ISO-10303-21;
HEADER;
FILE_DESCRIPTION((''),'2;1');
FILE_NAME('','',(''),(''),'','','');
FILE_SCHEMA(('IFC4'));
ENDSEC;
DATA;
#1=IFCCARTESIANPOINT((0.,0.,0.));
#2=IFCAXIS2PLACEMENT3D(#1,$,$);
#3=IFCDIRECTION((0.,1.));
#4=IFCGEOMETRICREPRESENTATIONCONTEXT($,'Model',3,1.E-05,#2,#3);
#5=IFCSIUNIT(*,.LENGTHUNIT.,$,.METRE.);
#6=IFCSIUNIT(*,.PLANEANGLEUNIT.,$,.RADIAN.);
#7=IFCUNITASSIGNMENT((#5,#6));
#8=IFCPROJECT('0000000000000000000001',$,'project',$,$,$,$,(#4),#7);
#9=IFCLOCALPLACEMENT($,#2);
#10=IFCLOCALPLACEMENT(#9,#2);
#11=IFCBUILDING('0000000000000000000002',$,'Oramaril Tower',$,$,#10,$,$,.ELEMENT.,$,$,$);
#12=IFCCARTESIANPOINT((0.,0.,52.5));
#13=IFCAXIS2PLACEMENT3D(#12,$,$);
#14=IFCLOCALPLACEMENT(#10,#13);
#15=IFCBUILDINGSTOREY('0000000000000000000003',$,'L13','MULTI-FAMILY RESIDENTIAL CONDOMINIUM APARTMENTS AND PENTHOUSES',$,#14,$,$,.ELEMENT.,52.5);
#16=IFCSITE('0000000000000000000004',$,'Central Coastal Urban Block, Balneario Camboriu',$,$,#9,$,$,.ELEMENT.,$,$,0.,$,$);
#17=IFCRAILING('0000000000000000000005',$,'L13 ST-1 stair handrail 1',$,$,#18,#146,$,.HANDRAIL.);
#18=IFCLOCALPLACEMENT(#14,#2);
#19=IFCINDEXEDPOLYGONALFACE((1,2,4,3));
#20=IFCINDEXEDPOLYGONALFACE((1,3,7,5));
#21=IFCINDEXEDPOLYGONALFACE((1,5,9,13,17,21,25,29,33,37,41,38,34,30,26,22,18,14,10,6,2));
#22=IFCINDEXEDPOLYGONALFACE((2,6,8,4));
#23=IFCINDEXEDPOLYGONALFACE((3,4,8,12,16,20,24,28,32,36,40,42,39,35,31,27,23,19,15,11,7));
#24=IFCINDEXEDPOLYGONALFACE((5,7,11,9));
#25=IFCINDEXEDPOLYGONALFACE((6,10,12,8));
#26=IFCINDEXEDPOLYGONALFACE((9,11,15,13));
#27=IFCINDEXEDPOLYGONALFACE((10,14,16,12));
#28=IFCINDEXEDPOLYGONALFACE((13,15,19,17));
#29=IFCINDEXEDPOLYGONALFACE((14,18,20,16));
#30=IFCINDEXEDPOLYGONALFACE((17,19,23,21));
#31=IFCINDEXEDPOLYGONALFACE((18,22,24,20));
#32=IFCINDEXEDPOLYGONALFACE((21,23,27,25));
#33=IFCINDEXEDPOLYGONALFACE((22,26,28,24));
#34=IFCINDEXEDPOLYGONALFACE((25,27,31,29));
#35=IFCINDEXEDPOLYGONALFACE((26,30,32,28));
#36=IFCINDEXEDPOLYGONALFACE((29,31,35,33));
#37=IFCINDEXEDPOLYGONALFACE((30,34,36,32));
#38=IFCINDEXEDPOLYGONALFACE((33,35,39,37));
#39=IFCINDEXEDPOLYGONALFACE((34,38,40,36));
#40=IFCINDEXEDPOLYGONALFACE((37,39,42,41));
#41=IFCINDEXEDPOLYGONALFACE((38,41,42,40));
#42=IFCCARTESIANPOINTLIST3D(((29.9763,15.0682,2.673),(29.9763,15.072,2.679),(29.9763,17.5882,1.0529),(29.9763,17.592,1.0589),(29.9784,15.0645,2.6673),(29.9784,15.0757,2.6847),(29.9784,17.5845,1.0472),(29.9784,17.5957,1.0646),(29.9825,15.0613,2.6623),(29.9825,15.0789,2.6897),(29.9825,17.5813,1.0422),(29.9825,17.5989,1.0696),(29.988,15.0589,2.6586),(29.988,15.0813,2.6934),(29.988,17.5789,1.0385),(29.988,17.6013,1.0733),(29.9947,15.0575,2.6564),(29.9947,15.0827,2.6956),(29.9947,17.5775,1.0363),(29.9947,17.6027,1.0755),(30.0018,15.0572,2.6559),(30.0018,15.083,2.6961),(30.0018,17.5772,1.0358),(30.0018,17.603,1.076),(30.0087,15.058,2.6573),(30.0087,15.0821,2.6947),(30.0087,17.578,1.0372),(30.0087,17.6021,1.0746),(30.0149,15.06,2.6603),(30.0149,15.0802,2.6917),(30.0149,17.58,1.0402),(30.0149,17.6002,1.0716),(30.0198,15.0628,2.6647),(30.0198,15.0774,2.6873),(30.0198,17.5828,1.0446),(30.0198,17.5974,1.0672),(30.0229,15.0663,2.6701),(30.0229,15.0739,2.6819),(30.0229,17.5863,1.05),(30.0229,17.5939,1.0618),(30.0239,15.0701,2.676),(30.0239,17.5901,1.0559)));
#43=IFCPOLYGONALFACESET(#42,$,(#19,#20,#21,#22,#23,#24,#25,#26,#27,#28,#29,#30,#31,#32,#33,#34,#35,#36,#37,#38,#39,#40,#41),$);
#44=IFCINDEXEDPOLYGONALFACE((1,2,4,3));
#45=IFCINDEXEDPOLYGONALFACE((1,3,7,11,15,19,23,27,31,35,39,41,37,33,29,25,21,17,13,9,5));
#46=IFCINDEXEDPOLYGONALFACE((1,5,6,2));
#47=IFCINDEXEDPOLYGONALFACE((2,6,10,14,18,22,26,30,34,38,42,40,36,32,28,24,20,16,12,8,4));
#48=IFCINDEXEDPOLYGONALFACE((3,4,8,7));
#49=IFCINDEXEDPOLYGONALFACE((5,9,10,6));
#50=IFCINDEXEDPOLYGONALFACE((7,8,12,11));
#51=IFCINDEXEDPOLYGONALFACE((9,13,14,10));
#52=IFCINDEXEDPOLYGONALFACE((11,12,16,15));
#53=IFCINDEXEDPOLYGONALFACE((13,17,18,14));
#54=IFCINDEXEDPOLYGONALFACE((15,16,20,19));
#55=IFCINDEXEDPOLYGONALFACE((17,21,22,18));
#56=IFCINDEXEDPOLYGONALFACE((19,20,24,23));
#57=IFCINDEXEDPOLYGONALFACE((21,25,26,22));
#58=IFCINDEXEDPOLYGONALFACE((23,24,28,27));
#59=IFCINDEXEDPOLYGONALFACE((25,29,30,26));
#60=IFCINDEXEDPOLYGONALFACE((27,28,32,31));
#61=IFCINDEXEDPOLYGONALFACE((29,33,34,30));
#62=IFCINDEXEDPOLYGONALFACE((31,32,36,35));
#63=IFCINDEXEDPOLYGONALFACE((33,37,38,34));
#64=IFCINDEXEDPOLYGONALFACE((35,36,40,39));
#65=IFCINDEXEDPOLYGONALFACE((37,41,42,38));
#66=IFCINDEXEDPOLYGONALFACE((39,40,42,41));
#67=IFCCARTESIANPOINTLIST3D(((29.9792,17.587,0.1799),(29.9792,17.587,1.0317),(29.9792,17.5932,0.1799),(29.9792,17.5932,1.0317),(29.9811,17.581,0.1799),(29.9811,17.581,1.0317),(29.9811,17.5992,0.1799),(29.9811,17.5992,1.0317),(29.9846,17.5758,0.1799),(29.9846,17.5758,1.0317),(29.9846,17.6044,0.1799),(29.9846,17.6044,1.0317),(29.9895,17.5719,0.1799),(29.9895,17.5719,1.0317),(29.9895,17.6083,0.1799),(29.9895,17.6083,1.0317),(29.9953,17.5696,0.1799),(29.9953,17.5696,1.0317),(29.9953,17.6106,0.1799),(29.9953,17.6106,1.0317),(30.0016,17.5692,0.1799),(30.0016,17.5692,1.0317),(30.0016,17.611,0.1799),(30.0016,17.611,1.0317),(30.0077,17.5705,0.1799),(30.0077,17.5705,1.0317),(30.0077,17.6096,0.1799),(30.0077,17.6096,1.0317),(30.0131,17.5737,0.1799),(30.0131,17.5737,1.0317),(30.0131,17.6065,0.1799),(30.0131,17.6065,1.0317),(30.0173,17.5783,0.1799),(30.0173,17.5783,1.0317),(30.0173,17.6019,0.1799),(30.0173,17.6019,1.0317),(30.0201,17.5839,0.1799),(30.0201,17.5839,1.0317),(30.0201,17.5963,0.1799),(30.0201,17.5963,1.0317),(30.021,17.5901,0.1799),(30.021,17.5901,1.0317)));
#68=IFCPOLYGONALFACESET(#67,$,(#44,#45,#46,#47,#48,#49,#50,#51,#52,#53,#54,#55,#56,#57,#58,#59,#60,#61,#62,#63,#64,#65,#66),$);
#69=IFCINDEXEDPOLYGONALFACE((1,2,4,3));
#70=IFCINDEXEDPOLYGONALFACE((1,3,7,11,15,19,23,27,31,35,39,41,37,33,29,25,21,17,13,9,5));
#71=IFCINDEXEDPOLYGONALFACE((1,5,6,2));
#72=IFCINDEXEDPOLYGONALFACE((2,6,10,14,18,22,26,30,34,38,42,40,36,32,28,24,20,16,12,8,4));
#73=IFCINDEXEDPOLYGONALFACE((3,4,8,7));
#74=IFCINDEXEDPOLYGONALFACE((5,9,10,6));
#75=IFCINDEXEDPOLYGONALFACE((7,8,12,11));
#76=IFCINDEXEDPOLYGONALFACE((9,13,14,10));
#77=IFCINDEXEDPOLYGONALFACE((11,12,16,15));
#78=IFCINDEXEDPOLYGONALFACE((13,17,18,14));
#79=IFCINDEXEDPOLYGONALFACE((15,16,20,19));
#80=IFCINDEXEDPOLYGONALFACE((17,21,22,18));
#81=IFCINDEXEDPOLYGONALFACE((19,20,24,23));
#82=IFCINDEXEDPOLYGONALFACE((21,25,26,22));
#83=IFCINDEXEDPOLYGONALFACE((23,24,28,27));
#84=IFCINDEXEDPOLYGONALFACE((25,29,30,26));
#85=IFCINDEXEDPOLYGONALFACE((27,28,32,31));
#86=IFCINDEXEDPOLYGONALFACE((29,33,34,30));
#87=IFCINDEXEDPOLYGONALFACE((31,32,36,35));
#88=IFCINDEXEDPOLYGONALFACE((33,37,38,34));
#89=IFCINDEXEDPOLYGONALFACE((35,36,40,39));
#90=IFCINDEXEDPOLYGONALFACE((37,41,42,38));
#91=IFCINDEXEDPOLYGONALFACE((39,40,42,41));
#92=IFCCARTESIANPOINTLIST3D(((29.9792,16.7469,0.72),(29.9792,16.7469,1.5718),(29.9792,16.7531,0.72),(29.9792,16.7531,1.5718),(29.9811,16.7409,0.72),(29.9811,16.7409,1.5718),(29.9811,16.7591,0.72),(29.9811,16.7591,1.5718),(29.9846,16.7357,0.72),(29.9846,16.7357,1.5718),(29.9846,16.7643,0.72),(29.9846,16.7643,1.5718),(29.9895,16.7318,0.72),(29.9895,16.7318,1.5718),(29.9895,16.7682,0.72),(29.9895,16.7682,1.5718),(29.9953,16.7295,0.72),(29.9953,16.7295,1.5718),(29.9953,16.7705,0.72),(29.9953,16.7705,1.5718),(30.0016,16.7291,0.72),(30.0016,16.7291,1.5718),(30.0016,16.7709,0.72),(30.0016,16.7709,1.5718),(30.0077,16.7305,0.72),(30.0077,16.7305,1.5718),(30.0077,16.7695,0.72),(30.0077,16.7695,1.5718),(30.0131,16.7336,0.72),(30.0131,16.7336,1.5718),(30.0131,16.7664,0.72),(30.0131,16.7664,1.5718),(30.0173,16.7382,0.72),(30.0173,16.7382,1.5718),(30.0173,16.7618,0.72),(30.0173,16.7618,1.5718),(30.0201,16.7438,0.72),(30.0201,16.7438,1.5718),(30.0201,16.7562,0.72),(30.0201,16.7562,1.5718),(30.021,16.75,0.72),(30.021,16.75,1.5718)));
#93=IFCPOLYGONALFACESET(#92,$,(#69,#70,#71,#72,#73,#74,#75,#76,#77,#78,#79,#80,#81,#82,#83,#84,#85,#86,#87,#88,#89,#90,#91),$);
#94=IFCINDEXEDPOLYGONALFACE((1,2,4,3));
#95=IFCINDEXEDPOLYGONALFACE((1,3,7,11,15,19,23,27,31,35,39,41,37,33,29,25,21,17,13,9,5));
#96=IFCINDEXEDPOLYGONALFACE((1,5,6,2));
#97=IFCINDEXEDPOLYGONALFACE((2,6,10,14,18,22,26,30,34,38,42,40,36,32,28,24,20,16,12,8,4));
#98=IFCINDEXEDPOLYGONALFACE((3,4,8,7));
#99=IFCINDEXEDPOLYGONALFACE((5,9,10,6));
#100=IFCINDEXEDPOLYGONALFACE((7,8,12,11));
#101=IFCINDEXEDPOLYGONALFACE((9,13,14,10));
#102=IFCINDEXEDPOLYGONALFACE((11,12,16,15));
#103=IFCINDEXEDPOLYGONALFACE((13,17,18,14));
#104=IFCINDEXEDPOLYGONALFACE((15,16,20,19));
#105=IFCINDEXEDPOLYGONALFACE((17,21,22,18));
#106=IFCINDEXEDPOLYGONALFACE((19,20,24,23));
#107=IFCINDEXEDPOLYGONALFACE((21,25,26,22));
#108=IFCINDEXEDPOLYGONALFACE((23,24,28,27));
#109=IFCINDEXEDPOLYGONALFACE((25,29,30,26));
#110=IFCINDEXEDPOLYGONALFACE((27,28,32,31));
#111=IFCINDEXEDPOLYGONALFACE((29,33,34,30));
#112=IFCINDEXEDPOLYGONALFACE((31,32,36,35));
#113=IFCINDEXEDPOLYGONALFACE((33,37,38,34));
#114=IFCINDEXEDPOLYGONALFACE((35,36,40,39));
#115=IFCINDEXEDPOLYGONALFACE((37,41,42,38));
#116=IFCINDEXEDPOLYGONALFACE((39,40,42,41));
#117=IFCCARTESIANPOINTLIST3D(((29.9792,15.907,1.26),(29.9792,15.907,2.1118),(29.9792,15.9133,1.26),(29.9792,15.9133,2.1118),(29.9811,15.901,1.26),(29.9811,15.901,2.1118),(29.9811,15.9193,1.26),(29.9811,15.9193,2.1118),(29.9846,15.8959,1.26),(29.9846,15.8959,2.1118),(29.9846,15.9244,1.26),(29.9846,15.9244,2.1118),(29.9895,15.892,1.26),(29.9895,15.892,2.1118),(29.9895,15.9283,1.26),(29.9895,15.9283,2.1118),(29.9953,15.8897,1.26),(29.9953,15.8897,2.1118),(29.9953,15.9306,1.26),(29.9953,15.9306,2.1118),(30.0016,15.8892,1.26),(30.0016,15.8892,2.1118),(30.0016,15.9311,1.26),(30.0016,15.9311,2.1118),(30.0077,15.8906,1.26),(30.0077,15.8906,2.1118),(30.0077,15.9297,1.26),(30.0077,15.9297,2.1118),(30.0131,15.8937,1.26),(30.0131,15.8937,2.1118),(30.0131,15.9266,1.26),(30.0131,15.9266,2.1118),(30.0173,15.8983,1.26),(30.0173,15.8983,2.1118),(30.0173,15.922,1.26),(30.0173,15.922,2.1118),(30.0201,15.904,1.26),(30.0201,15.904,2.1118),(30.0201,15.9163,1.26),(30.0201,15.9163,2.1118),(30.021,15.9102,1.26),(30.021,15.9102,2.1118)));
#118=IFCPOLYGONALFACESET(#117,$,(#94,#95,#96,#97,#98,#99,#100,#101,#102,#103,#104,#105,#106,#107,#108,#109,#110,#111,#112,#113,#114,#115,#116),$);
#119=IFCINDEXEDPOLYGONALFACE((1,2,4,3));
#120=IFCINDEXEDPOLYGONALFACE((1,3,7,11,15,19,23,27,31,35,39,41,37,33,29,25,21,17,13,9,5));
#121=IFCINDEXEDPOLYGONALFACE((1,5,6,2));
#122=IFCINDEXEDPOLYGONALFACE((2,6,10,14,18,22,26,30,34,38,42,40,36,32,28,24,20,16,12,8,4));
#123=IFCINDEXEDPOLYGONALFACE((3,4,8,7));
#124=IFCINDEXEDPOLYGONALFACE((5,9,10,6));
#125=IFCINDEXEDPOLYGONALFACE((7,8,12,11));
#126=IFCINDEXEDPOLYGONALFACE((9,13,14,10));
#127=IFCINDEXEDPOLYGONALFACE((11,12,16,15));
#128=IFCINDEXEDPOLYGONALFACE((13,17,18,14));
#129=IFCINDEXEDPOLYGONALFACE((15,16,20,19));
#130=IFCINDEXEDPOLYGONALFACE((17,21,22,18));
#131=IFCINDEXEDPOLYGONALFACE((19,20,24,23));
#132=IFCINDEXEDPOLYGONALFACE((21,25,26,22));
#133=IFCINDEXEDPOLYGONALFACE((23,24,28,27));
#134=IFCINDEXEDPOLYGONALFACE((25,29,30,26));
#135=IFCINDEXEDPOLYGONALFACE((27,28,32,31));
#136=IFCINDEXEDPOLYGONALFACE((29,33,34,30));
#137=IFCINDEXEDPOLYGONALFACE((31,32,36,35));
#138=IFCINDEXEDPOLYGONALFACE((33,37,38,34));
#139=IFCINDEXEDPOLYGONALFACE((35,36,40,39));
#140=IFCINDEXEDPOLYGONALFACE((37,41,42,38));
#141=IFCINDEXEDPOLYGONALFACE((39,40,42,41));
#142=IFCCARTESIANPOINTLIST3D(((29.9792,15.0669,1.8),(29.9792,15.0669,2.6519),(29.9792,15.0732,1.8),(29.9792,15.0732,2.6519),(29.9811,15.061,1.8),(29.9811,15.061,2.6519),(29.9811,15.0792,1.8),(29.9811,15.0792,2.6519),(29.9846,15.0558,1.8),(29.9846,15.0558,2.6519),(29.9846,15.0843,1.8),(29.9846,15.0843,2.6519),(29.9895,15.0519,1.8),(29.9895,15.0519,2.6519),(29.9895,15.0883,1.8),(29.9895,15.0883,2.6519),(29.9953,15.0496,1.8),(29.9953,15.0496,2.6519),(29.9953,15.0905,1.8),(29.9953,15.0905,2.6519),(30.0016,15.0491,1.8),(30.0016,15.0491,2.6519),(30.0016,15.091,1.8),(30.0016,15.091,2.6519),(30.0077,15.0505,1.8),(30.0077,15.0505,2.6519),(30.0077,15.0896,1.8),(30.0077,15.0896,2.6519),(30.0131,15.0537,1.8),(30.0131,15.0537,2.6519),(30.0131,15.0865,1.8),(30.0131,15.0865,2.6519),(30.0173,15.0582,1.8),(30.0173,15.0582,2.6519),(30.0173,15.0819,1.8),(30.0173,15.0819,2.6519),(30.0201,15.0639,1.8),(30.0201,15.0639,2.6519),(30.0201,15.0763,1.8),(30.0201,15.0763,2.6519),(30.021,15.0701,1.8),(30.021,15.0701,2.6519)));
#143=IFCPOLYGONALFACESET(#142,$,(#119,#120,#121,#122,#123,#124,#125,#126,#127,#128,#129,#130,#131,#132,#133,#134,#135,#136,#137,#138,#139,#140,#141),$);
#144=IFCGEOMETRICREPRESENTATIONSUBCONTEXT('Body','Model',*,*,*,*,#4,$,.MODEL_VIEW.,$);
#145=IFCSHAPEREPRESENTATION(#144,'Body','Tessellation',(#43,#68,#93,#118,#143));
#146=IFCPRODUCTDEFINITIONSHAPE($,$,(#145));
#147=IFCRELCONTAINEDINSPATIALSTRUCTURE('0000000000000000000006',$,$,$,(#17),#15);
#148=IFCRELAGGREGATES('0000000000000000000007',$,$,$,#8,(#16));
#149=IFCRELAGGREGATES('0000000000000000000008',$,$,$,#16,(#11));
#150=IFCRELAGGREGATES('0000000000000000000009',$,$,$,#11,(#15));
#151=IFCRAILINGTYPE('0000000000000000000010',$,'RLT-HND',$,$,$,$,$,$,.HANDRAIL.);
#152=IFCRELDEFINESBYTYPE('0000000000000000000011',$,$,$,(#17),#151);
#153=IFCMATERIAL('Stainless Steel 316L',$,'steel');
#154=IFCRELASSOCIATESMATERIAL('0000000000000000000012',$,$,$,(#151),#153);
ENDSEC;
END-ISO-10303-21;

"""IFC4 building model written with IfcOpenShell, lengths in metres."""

from ifc_helpers import new_model, si_unit, direction, frame, origin, origin_2d, place, context, subcontext, project, spatial, circle, extrude, material, type_object, element, save


model = new_model("IFC4")

# Units and contexts
model_context = context("Model", 3, precision=1e-05, world=origin(), true_north=direction((0.0, 1.0)))
body_context = subcontext(model_context, "Body", "Model", "MODEL_VIEW")
ifc_project = project(units=[si_unit("LENGTHUNIT", "METRE"), si_unit("PLANEANGLEUNIT", "RADIAN")], contexts=[model_context])

# Site, building, storey
site_placement = place(None, origin())
site = spatial("IfcSite", under=ifc_project, at=site_placement, Name="Central Coastal Urban Block, Balneario Camboriu", CompositionType="ELEMENT", RefElevation=0.0)
building_placement = place(site_placement, origin())
building = spatial("IfcBuilding", under=site, at=building_placement, Name="Oramaril Tower", CompositionType="ELEMENT")
storey_placement = place(building_placement, frame((0.0, 0.0, 52.5)))
storey = spatial("IfcBuildingStorey", under=building, at=storey_placement, Name="L13", Description="MULTI-FAMILY RESIDENTIAL CONDOMINIUM APARTMENTS AND PENTHOUSES", CompositionType="ELEMENT", Elevation=52.5)

# Railing
ifc_material_1 = material(Name="Stainless Steel 316L", Category="steel")
railing_type_1 = type_object("IfcRailingType", Name="RLT-HND", PredefinedType="HANDRAIL", material=ifc_material_1)
railing_1_placement = place(storey_placement, frame((30.0, 17.5901, 0.1799)))
element("IfcRailing", 1, at=railing_1_placement, inside=storey, type_object=railing_type_1, Name="L13 ST-1 stair handrail 1", PredefinedType="HANDRAIL", context=body_context, shape_type="SweptSolid", body=[
    extrude(circle(Radius=0.0239, at=origin_2d()), frame((0.0, 0.0, 0.876), z_axis=(0.0, -0.841163, 0.540782), x_axis=(1.0, 0.0, 0.0)), (0.0, 0.0, 1.0), 2.9958),
    extrude(circle(Radius=0.021, at=origin_2d()), origin(), (0.0, 0.0, 1.0), 0.8518),
    extrude(circle(Radius=0.021, at=origin_2d()), frame((0.0, -0.8401, 0.54)), (0.0, 0.0, 1.0), 0.8518),
    extrude(circle(Radius=0.021, at=origin_2d()), frame((0.0, -1.6799, 1.0801)), (0.0, 0.0, 1.0), 0.8518),
    extrude(circle(Radius=0.021, at=origin_2d()), frame((0.0, -2.52, 1.6201)), (0.0, 0.0, 1.0), 0.8518),
])

save(model, "model.ifc")
